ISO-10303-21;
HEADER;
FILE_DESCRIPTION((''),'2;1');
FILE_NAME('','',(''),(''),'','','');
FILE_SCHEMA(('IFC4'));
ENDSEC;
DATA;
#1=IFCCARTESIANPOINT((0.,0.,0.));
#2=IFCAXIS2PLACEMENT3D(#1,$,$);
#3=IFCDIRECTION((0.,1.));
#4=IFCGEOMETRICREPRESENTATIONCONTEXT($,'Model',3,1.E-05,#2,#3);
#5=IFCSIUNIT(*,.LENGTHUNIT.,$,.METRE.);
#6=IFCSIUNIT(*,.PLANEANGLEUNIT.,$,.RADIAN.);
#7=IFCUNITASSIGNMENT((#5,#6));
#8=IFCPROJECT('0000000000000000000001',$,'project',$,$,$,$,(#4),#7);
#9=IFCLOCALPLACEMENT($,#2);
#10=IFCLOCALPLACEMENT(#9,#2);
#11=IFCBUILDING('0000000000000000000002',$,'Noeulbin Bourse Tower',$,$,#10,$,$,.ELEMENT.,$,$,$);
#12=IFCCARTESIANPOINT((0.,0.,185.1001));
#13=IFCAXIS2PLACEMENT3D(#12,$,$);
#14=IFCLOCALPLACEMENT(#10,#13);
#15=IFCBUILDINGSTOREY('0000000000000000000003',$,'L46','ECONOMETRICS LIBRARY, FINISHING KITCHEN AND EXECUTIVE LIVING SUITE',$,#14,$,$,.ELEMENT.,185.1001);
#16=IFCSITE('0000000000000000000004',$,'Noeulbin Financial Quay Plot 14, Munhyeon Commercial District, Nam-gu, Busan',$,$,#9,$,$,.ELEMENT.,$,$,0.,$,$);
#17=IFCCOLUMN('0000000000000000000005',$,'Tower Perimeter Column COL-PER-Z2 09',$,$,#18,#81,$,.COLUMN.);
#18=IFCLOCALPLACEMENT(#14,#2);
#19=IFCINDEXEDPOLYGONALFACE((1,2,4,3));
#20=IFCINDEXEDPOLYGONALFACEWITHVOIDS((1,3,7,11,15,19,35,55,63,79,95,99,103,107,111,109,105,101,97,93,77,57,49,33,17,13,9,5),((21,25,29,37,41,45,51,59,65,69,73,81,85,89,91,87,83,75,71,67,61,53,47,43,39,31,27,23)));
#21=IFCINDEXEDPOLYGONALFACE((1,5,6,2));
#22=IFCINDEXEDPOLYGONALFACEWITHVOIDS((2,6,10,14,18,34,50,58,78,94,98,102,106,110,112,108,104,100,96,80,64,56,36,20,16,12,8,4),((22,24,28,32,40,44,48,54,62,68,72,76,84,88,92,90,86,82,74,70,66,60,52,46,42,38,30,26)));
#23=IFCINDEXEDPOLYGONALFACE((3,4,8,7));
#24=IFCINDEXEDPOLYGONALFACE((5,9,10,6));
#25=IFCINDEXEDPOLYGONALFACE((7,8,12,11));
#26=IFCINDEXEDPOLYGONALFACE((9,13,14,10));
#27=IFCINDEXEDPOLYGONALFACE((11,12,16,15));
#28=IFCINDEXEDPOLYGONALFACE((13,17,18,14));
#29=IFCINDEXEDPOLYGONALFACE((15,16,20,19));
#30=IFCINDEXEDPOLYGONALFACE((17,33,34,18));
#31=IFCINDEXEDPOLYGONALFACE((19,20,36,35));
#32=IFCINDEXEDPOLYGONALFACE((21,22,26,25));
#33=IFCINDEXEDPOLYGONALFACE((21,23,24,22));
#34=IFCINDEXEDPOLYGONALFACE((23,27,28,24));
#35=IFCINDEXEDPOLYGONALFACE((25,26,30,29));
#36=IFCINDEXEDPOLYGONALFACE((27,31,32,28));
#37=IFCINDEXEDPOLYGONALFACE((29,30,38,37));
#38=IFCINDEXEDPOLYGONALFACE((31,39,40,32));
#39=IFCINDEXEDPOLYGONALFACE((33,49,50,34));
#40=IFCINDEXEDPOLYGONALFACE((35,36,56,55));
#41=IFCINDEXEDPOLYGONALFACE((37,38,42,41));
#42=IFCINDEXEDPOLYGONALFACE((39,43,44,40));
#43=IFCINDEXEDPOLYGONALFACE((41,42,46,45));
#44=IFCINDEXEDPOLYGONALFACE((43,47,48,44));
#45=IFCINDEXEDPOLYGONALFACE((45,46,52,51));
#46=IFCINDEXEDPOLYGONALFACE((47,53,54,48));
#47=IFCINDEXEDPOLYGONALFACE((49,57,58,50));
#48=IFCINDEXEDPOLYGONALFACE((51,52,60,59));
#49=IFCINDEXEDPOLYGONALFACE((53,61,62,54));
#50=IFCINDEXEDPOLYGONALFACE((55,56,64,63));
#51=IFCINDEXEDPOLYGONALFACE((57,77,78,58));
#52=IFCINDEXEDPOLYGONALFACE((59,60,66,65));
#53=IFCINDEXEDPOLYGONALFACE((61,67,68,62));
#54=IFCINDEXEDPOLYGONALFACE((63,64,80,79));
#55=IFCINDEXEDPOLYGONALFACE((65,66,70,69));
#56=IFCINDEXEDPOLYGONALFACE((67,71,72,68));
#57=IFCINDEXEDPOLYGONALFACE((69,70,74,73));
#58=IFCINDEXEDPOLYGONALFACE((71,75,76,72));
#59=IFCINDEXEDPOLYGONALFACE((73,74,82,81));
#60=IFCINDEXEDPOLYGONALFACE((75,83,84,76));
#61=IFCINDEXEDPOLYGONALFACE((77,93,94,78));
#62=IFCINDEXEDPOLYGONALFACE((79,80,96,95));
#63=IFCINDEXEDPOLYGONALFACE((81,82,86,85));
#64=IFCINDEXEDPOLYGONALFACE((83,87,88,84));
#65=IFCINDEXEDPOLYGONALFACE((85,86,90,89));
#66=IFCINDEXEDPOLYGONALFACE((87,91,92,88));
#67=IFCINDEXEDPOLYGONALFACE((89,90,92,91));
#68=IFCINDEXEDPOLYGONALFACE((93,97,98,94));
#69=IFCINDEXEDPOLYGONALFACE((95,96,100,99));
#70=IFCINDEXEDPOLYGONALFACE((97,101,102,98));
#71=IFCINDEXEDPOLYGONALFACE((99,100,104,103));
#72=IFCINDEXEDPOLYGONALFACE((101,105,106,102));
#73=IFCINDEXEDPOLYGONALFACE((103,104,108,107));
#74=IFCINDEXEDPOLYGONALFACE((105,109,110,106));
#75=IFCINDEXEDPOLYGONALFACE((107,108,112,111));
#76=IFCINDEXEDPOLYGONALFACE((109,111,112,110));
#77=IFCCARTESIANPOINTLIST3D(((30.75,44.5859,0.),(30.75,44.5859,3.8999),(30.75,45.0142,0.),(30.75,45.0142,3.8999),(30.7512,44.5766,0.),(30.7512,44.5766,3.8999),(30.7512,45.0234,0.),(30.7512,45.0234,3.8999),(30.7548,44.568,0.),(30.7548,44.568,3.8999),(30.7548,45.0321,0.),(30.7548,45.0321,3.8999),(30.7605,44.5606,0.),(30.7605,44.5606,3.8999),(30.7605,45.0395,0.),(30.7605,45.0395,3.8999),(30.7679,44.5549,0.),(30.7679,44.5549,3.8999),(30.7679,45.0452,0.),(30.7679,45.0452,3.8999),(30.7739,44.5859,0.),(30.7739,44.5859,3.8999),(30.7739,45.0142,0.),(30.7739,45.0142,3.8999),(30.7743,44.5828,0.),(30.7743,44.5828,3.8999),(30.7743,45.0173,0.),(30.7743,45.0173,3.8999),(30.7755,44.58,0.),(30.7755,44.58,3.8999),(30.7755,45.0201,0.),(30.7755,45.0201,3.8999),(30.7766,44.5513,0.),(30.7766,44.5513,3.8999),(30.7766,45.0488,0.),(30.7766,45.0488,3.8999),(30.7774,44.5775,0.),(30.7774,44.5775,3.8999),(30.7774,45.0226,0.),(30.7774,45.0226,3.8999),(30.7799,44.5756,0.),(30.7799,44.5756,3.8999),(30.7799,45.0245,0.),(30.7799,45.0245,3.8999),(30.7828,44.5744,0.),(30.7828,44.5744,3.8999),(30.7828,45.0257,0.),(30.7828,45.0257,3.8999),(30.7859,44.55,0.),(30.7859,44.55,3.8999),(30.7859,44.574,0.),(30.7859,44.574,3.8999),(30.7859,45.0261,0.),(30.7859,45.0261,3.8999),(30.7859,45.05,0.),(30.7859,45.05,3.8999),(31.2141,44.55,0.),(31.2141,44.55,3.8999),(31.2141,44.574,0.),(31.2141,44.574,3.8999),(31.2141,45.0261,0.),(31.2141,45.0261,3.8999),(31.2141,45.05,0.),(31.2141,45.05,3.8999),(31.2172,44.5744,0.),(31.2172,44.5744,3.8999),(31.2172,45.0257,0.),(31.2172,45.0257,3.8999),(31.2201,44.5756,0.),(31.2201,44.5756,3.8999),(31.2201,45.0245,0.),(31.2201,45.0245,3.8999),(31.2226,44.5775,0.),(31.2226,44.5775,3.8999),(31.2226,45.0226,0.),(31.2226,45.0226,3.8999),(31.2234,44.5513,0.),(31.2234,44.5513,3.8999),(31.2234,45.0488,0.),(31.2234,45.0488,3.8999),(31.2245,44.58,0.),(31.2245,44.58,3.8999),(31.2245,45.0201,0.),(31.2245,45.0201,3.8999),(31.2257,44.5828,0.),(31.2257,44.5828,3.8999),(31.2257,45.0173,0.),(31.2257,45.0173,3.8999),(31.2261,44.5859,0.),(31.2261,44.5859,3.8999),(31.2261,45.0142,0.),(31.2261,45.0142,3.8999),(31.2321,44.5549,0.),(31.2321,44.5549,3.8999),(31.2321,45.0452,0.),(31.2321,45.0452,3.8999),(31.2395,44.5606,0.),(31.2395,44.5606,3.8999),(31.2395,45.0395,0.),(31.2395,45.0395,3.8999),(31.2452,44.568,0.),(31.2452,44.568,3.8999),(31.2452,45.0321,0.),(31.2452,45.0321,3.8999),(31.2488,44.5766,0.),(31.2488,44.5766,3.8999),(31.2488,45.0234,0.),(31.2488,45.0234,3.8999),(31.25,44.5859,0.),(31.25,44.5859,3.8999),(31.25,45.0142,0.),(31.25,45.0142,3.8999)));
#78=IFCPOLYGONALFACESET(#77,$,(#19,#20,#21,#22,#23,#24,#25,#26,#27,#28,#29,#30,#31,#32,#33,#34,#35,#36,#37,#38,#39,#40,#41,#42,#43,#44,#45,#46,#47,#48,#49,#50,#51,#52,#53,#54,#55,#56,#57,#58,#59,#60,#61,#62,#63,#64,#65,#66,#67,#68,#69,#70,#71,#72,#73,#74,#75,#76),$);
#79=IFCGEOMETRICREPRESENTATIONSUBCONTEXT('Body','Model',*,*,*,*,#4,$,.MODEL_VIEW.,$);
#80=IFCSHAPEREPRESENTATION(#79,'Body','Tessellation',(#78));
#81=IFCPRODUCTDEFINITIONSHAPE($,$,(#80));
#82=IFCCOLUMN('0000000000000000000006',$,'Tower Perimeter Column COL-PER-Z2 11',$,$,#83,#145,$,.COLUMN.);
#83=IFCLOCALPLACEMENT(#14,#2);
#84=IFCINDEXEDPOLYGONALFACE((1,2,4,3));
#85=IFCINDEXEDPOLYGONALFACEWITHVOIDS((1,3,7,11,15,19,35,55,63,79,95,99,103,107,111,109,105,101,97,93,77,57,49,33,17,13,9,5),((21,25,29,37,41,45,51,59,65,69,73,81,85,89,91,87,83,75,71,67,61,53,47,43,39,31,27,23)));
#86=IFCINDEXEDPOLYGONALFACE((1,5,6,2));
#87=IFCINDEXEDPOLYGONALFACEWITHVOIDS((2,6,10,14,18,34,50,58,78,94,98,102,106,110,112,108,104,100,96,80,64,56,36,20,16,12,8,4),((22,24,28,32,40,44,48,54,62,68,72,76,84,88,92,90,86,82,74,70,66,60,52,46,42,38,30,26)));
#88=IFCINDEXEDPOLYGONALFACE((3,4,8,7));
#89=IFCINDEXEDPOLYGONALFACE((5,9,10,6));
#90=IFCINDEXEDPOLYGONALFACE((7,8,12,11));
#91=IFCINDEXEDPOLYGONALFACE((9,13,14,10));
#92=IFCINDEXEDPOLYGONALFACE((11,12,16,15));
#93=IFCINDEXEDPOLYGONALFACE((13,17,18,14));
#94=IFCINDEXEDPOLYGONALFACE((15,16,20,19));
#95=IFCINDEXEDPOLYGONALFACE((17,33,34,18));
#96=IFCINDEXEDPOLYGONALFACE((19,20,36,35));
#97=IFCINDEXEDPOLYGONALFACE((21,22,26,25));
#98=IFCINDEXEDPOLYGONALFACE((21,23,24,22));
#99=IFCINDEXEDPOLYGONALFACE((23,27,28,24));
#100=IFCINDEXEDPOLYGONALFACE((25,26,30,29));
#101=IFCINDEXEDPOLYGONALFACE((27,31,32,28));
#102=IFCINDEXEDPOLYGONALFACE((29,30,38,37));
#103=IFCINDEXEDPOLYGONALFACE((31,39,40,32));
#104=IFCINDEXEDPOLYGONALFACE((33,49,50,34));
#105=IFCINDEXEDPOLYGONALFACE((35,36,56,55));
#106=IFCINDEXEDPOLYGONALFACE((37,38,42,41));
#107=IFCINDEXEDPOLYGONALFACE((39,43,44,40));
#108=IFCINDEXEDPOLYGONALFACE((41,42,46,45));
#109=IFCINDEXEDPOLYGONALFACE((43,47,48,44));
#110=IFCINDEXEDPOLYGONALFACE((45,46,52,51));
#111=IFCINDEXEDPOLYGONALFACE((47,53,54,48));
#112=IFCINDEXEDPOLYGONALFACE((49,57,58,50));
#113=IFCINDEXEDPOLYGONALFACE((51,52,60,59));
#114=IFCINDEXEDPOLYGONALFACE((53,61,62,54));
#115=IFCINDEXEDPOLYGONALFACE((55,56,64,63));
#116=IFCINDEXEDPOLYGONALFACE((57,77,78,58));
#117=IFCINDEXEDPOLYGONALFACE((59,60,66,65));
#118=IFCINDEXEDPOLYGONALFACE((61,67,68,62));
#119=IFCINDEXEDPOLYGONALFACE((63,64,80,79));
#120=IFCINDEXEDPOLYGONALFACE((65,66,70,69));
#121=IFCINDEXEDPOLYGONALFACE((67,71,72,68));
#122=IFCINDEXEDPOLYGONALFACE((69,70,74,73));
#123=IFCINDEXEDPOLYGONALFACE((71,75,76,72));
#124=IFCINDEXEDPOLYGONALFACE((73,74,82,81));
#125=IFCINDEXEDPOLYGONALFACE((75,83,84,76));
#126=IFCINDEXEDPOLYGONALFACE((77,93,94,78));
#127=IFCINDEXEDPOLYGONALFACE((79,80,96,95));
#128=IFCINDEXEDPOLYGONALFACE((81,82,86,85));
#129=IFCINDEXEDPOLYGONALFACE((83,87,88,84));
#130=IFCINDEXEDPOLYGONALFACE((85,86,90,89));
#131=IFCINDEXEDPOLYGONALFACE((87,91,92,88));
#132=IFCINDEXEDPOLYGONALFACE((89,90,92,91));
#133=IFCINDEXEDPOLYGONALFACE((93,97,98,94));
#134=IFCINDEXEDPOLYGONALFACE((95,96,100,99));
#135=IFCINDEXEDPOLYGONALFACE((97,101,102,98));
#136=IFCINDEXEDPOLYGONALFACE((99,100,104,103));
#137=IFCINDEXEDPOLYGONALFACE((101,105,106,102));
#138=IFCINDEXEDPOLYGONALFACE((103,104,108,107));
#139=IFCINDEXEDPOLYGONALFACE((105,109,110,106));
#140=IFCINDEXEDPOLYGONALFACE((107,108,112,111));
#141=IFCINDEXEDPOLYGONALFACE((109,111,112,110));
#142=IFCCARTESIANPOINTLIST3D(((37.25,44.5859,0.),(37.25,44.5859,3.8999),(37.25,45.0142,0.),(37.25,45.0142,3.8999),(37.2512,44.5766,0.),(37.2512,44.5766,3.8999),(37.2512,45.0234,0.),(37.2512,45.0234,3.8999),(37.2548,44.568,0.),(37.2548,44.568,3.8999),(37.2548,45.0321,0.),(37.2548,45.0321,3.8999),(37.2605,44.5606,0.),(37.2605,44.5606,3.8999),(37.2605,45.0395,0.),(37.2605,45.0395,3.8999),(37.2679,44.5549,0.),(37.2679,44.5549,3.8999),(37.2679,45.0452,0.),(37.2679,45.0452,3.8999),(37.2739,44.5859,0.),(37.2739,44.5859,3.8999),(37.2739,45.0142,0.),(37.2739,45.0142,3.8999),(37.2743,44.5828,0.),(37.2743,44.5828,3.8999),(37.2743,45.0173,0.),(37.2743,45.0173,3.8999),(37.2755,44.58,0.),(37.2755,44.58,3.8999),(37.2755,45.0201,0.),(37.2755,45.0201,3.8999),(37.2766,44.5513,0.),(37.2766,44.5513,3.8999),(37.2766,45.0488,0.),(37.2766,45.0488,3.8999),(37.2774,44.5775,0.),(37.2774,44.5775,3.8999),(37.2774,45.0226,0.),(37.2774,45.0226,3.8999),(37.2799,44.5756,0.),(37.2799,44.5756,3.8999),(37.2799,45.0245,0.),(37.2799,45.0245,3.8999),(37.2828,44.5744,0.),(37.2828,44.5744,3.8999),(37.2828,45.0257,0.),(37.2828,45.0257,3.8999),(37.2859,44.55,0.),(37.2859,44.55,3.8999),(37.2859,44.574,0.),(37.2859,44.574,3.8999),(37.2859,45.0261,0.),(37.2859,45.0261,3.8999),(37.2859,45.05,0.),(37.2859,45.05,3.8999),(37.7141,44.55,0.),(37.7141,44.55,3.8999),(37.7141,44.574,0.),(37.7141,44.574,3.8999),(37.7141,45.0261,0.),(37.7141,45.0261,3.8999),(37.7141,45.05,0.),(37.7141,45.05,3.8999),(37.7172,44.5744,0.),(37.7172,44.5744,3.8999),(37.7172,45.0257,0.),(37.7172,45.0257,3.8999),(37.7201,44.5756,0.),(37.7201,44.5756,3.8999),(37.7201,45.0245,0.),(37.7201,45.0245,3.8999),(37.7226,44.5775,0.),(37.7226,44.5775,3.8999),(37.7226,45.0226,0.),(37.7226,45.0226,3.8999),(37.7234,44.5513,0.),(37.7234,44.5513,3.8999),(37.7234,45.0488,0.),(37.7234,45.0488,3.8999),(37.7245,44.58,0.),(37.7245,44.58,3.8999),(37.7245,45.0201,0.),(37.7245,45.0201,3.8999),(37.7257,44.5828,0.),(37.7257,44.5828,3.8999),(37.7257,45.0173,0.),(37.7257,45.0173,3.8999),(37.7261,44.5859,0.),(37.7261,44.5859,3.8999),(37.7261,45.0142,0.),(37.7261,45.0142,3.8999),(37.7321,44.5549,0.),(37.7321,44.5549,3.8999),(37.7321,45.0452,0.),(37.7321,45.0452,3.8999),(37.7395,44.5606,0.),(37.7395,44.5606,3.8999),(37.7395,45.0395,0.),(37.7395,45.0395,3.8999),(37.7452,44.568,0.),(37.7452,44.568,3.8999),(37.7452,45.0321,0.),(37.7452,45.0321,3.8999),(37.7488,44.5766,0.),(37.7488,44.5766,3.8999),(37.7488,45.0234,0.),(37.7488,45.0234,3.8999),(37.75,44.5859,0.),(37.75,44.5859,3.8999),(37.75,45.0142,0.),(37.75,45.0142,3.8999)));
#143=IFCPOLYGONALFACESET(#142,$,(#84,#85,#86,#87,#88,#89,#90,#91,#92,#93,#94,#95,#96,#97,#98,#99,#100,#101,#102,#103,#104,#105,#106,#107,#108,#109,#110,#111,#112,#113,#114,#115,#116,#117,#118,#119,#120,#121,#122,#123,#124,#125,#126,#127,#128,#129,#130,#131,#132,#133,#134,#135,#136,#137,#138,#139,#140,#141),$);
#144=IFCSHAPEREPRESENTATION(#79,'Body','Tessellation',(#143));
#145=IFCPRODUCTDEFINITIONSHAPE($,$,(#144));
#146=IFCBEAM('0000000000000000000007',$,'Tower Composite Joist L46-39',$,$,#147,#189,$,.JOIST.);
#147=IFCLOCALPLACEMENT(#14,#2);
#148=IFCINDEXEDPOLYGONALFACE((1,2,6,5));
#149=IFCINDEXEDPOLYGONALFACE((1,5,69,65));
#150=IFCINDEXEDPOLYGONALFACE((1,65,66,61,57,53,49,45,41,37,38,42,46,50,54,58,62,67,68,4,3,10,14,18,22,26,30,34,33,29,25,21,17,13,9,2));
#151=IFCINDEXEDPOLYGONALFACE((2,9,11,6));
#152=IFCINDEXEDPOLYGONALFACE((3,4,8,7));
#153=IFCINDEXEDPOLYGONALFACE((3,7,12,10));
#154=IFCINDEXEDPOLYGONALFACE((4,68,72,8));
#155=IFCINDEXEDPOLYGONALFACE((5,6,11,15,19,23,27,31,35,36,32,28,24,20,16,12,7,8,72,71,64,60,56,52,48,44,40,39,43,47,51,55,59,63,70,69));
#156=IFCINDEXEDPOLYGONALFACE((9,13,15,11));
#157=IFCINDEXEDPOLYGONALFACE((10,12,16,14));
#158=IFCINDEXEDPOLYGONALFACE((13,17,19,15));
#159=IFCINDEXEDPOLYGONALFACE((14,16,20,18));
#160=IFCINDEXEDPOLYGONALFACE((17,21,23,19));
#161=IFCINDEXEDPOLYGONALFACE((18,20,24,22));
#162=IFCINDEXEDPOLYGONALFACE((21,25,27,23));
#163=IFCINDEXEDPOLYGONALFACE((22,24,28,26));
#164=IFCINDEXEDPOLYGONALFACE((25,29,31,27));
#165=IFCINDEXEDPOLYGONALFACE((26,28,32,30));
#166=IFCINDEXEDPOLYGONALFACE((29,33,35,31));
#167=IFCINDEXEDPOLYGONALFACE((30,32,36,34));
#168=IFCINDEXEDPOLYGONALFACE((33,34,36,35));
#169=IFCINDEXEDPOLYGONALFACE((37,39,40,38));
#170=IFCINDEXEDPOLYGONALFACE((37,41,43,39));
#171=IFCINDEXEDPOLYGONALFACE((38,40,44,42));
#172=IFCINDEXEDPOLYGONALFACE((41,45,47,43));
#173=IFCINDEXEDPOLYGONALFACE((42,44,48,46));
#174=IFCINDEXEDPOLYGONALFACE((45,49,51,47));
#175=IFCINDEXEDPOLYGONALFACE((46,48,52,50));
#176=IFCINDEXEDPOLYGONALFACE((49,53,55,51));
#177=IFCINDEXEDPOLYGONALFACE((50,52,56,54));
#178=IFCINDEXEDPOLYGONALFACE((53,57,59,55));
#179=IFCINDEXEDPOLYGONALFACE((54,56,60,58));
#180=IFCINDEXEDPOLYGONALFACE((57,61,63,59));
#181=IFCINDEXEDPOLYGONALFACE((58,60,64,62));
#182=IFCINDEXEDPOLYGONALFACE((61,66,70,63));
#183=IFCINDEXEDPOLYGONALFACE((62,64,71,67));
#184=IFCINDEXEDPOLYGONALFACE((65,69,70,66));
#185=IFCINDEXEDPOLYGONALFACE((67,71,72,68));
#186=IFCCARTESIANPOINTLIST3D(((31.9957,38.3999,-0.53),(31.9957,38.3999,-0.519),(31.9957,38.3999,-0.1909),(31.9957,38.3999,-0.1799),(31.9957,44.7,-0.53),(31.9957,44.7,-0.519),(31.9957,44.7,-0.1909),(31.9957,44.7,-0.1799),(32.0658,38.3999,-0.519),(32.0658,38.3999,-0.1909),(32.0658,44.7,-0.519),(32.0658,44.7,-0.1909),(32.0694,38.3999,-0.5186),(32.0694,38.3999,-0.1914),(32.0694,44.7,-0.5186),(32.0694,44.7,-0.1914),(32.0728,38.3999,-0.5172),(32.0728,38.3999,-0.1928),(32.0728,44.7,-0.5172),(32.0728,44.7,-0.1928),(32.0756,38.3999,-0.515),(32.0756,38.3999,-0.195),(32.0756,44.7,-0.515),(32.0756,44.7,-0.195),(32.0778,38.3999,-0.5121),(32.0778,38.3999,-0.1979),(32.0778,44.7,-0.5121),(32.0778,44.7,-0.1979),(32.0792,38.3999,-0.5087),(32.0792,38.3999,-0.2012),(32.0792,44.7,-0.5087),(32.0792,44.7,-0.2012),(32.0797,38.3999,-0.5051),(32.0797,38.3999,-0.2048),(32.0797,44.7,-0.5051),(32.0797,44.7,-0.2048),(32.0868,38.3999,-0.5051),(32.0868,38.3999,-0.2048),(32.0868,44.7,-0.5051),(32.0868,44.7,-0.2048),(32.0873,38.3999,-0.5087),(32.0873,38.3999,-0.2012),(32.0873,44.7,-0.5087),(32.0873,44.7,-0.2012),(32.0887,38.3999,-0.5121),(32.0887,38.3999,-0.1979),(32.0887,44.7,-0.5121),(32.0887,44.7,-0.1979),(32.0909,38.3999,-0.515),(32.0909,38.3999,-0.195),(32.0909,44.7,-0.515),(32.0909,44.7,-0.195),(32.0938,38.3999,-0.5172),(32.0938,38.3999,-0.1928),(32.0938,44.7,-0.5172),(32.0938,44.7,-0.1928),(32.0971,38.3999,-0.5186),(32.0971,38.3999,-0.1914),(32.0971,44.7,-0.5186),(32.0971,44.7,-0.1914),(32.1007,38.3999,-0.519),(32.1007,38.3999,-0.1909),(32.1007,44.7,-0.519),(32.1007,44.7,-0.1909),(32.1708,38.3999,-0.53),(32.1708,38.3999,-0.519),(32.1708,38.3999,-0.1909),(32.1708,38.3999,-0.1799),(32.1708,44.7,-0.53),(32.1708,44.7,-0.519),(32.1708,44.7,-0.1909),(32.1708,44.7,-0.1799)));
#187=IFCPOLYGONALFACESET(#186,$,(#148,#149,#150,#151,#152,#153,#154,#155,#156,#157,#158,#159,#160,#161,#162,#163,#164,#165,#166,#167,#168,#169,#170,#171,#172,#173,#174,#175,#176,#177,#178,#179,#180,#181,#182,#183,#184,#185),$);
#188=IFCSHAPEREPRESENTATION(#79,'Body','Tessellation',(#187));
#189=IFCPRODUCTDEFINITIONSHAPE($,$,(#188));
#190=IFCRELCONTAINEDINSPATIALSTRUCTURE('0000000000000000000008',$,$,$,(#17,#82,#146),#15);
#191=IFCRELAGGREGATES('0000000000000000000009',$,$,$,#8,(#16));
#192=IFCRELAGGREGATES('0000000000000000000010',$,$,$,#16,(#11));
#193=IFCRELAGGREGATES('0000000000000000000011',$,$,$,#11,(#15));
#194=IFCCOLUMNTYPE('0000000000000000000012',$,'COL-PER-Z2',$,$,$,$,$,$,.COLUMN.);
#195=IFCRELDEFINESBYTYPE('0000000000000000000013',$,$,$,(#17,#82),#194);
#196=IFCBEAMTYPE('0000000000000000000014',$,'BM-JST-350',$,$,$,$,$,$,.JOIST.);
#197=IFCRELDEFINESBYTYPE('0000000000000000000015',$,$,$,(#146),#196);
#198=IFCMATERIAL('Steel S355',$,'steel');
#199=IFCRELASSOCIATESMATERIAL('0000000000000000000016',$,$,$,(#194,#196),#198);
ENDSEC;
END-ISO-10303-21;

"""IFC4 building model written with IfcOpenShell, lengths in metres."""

from ifc_helpers import new_model, si_unit, direction, frame, origin, origin_2d, place, context, subcontext, project, spatial, hollow_rectangle, i_section, extrude, material, material_profile, profile_set, type_object, element, save


model = new_model("IFC4")

# Units and contexts
model_context = context("Model", 3, precision=1e-05, world=origin(), true_north=direction((0.0, 1.0)))
body_context = subcontext(model_context, "Body", "Model", "MODEL_VIEW")
ifc_project = project(units=[si_unit("LENGTHUNIT", "METRE"), si_unit("PLANEANGLEUNIT", "RADIAN")], contexts=[model_context])

# Site, building, storey
site_placement = place(None, origin())
site = spatial("IfcSite", under=ifc_project, at=site_placement, Name="Noeulbin Financial Quay Plot 14, Munhyeon Commercial District, Nam-gu, Busan", CompositionType="ELEMENT", RefElevation=0.0)
building_placement = place(site_placement, origin())
building = spatial("IfcBuilding", under=site, at=building_placement, Name="Noeulbin Bourse Tower", CompositionType="ELEMENT")
storey_placement = place(building_placement, frame((0.0, 0.0, 185.1001)))
storey = spatial("IfcBuildingStorey", under=building, at=storey_placement, Name="L46", Description="ECONOMETRICS LIBRARY, FINISHING KITCHEN AND EXECUTIVE LIVING SUITE", CompositionType="ELEMENT", Elevation=185.1001)

# Columns
ifc_material_1 = material(Name="Steel S355", Category="steel")
ifc_material_profile_1 = material_profile(ifc_material_1, hollow_rectangle(XDim=0.5, YDim=0.5, WallThickness=0.0239, InnerFilletRadius=0.012, OuterFilletRadius=0.0359, at=origin_2d()), Name="BOX-500x500x24", Category="LoadBearing")
ifc_profile_set_1 = profile_set([ifc_material_profile_1], Name="Steel S355")
column_type = type_object("IfcColumnType", Name="COL-PER-Z2", PredefinedType="COLUMN", material=ifc_profile_set_1)
for number, where, z_axis, x_axis, name in (
    (1, (31.0, 44.8, 0.0), (0.0, 0.0, 1.0), (1.0, 0.0, 0.0), "Tower Perimeter Column COL-PER-Z2 09"),
    (2, (37.5, 44.8, 0.0), (0.0, 0.0, 1.0), (1.0, 0.0, 0.0), "Tower Perimeter Column COL-PER-Z2 11"),
):
    element("IfcColumn", number, at=place(storey_placement, frame(where, z_axis=z_axis, x_axis=x_axis)), inside=storey, type_object=column_type, Name=name, PredefinedType="COLUMN", context=body_context, shape_type="SweptSolid", body=[
        extrude(hollow_rectangle(XDim=0.5, YDim=0.5, WallThickness=0.0239, InnerFilletRadius=0.012, OuterFilletRadius=0.0359, at=origin_2d()), origin(), (0.0, 0.0, 1.0), 3.8999),
    ])

# Beam
ifc_material_profile_2 = material_profile(ifc_material_1, i_section(OverallWidth=0.175, OverallDepth=0.3501, WebThickness=0.0071, FlangeThickness=0.011, FilletRadius=0.0139, at=origin_2d()), Name="H-350x175x7x11", Category="LoadBearing")
ifc_profile_set_2 = profile_set([ifc_material_profile_2], Name="Steel S355")
beam_type_1 = type_object("IfcBeamType", Name="BM-JST-350", PredefinedType="JOIST", material=ifc_profile_set_2)
for number, where, z_axis, x_axis, name in (
    (3, (32.0833, 38.3999, -0.355), (0.0, 1.0, 0.0), (-1.0, 0.0, 0.0), "Tower Composite Joist L46-39"),
):
    element("IfcBeam", number, at=place(storey_placement, frame(where, z_axis=z_axis, x_axis=x_axis)), inside=storey, type_object=beam_type_1, Name=name, PredefinedType="JOIST", context=body_context, shape_type="SweptSolid", body=[
        extrude(i_section(OverallWidth=0.175, OverallDepth=0.3501, WebThickness=0.0071, FlangeThickness=0.011, FilletRadius=0.0139, at=origin_2d()), origin(), (0.0, 0.0, 1.0), 6.3),
    ])

save(model, "model.ifc")
